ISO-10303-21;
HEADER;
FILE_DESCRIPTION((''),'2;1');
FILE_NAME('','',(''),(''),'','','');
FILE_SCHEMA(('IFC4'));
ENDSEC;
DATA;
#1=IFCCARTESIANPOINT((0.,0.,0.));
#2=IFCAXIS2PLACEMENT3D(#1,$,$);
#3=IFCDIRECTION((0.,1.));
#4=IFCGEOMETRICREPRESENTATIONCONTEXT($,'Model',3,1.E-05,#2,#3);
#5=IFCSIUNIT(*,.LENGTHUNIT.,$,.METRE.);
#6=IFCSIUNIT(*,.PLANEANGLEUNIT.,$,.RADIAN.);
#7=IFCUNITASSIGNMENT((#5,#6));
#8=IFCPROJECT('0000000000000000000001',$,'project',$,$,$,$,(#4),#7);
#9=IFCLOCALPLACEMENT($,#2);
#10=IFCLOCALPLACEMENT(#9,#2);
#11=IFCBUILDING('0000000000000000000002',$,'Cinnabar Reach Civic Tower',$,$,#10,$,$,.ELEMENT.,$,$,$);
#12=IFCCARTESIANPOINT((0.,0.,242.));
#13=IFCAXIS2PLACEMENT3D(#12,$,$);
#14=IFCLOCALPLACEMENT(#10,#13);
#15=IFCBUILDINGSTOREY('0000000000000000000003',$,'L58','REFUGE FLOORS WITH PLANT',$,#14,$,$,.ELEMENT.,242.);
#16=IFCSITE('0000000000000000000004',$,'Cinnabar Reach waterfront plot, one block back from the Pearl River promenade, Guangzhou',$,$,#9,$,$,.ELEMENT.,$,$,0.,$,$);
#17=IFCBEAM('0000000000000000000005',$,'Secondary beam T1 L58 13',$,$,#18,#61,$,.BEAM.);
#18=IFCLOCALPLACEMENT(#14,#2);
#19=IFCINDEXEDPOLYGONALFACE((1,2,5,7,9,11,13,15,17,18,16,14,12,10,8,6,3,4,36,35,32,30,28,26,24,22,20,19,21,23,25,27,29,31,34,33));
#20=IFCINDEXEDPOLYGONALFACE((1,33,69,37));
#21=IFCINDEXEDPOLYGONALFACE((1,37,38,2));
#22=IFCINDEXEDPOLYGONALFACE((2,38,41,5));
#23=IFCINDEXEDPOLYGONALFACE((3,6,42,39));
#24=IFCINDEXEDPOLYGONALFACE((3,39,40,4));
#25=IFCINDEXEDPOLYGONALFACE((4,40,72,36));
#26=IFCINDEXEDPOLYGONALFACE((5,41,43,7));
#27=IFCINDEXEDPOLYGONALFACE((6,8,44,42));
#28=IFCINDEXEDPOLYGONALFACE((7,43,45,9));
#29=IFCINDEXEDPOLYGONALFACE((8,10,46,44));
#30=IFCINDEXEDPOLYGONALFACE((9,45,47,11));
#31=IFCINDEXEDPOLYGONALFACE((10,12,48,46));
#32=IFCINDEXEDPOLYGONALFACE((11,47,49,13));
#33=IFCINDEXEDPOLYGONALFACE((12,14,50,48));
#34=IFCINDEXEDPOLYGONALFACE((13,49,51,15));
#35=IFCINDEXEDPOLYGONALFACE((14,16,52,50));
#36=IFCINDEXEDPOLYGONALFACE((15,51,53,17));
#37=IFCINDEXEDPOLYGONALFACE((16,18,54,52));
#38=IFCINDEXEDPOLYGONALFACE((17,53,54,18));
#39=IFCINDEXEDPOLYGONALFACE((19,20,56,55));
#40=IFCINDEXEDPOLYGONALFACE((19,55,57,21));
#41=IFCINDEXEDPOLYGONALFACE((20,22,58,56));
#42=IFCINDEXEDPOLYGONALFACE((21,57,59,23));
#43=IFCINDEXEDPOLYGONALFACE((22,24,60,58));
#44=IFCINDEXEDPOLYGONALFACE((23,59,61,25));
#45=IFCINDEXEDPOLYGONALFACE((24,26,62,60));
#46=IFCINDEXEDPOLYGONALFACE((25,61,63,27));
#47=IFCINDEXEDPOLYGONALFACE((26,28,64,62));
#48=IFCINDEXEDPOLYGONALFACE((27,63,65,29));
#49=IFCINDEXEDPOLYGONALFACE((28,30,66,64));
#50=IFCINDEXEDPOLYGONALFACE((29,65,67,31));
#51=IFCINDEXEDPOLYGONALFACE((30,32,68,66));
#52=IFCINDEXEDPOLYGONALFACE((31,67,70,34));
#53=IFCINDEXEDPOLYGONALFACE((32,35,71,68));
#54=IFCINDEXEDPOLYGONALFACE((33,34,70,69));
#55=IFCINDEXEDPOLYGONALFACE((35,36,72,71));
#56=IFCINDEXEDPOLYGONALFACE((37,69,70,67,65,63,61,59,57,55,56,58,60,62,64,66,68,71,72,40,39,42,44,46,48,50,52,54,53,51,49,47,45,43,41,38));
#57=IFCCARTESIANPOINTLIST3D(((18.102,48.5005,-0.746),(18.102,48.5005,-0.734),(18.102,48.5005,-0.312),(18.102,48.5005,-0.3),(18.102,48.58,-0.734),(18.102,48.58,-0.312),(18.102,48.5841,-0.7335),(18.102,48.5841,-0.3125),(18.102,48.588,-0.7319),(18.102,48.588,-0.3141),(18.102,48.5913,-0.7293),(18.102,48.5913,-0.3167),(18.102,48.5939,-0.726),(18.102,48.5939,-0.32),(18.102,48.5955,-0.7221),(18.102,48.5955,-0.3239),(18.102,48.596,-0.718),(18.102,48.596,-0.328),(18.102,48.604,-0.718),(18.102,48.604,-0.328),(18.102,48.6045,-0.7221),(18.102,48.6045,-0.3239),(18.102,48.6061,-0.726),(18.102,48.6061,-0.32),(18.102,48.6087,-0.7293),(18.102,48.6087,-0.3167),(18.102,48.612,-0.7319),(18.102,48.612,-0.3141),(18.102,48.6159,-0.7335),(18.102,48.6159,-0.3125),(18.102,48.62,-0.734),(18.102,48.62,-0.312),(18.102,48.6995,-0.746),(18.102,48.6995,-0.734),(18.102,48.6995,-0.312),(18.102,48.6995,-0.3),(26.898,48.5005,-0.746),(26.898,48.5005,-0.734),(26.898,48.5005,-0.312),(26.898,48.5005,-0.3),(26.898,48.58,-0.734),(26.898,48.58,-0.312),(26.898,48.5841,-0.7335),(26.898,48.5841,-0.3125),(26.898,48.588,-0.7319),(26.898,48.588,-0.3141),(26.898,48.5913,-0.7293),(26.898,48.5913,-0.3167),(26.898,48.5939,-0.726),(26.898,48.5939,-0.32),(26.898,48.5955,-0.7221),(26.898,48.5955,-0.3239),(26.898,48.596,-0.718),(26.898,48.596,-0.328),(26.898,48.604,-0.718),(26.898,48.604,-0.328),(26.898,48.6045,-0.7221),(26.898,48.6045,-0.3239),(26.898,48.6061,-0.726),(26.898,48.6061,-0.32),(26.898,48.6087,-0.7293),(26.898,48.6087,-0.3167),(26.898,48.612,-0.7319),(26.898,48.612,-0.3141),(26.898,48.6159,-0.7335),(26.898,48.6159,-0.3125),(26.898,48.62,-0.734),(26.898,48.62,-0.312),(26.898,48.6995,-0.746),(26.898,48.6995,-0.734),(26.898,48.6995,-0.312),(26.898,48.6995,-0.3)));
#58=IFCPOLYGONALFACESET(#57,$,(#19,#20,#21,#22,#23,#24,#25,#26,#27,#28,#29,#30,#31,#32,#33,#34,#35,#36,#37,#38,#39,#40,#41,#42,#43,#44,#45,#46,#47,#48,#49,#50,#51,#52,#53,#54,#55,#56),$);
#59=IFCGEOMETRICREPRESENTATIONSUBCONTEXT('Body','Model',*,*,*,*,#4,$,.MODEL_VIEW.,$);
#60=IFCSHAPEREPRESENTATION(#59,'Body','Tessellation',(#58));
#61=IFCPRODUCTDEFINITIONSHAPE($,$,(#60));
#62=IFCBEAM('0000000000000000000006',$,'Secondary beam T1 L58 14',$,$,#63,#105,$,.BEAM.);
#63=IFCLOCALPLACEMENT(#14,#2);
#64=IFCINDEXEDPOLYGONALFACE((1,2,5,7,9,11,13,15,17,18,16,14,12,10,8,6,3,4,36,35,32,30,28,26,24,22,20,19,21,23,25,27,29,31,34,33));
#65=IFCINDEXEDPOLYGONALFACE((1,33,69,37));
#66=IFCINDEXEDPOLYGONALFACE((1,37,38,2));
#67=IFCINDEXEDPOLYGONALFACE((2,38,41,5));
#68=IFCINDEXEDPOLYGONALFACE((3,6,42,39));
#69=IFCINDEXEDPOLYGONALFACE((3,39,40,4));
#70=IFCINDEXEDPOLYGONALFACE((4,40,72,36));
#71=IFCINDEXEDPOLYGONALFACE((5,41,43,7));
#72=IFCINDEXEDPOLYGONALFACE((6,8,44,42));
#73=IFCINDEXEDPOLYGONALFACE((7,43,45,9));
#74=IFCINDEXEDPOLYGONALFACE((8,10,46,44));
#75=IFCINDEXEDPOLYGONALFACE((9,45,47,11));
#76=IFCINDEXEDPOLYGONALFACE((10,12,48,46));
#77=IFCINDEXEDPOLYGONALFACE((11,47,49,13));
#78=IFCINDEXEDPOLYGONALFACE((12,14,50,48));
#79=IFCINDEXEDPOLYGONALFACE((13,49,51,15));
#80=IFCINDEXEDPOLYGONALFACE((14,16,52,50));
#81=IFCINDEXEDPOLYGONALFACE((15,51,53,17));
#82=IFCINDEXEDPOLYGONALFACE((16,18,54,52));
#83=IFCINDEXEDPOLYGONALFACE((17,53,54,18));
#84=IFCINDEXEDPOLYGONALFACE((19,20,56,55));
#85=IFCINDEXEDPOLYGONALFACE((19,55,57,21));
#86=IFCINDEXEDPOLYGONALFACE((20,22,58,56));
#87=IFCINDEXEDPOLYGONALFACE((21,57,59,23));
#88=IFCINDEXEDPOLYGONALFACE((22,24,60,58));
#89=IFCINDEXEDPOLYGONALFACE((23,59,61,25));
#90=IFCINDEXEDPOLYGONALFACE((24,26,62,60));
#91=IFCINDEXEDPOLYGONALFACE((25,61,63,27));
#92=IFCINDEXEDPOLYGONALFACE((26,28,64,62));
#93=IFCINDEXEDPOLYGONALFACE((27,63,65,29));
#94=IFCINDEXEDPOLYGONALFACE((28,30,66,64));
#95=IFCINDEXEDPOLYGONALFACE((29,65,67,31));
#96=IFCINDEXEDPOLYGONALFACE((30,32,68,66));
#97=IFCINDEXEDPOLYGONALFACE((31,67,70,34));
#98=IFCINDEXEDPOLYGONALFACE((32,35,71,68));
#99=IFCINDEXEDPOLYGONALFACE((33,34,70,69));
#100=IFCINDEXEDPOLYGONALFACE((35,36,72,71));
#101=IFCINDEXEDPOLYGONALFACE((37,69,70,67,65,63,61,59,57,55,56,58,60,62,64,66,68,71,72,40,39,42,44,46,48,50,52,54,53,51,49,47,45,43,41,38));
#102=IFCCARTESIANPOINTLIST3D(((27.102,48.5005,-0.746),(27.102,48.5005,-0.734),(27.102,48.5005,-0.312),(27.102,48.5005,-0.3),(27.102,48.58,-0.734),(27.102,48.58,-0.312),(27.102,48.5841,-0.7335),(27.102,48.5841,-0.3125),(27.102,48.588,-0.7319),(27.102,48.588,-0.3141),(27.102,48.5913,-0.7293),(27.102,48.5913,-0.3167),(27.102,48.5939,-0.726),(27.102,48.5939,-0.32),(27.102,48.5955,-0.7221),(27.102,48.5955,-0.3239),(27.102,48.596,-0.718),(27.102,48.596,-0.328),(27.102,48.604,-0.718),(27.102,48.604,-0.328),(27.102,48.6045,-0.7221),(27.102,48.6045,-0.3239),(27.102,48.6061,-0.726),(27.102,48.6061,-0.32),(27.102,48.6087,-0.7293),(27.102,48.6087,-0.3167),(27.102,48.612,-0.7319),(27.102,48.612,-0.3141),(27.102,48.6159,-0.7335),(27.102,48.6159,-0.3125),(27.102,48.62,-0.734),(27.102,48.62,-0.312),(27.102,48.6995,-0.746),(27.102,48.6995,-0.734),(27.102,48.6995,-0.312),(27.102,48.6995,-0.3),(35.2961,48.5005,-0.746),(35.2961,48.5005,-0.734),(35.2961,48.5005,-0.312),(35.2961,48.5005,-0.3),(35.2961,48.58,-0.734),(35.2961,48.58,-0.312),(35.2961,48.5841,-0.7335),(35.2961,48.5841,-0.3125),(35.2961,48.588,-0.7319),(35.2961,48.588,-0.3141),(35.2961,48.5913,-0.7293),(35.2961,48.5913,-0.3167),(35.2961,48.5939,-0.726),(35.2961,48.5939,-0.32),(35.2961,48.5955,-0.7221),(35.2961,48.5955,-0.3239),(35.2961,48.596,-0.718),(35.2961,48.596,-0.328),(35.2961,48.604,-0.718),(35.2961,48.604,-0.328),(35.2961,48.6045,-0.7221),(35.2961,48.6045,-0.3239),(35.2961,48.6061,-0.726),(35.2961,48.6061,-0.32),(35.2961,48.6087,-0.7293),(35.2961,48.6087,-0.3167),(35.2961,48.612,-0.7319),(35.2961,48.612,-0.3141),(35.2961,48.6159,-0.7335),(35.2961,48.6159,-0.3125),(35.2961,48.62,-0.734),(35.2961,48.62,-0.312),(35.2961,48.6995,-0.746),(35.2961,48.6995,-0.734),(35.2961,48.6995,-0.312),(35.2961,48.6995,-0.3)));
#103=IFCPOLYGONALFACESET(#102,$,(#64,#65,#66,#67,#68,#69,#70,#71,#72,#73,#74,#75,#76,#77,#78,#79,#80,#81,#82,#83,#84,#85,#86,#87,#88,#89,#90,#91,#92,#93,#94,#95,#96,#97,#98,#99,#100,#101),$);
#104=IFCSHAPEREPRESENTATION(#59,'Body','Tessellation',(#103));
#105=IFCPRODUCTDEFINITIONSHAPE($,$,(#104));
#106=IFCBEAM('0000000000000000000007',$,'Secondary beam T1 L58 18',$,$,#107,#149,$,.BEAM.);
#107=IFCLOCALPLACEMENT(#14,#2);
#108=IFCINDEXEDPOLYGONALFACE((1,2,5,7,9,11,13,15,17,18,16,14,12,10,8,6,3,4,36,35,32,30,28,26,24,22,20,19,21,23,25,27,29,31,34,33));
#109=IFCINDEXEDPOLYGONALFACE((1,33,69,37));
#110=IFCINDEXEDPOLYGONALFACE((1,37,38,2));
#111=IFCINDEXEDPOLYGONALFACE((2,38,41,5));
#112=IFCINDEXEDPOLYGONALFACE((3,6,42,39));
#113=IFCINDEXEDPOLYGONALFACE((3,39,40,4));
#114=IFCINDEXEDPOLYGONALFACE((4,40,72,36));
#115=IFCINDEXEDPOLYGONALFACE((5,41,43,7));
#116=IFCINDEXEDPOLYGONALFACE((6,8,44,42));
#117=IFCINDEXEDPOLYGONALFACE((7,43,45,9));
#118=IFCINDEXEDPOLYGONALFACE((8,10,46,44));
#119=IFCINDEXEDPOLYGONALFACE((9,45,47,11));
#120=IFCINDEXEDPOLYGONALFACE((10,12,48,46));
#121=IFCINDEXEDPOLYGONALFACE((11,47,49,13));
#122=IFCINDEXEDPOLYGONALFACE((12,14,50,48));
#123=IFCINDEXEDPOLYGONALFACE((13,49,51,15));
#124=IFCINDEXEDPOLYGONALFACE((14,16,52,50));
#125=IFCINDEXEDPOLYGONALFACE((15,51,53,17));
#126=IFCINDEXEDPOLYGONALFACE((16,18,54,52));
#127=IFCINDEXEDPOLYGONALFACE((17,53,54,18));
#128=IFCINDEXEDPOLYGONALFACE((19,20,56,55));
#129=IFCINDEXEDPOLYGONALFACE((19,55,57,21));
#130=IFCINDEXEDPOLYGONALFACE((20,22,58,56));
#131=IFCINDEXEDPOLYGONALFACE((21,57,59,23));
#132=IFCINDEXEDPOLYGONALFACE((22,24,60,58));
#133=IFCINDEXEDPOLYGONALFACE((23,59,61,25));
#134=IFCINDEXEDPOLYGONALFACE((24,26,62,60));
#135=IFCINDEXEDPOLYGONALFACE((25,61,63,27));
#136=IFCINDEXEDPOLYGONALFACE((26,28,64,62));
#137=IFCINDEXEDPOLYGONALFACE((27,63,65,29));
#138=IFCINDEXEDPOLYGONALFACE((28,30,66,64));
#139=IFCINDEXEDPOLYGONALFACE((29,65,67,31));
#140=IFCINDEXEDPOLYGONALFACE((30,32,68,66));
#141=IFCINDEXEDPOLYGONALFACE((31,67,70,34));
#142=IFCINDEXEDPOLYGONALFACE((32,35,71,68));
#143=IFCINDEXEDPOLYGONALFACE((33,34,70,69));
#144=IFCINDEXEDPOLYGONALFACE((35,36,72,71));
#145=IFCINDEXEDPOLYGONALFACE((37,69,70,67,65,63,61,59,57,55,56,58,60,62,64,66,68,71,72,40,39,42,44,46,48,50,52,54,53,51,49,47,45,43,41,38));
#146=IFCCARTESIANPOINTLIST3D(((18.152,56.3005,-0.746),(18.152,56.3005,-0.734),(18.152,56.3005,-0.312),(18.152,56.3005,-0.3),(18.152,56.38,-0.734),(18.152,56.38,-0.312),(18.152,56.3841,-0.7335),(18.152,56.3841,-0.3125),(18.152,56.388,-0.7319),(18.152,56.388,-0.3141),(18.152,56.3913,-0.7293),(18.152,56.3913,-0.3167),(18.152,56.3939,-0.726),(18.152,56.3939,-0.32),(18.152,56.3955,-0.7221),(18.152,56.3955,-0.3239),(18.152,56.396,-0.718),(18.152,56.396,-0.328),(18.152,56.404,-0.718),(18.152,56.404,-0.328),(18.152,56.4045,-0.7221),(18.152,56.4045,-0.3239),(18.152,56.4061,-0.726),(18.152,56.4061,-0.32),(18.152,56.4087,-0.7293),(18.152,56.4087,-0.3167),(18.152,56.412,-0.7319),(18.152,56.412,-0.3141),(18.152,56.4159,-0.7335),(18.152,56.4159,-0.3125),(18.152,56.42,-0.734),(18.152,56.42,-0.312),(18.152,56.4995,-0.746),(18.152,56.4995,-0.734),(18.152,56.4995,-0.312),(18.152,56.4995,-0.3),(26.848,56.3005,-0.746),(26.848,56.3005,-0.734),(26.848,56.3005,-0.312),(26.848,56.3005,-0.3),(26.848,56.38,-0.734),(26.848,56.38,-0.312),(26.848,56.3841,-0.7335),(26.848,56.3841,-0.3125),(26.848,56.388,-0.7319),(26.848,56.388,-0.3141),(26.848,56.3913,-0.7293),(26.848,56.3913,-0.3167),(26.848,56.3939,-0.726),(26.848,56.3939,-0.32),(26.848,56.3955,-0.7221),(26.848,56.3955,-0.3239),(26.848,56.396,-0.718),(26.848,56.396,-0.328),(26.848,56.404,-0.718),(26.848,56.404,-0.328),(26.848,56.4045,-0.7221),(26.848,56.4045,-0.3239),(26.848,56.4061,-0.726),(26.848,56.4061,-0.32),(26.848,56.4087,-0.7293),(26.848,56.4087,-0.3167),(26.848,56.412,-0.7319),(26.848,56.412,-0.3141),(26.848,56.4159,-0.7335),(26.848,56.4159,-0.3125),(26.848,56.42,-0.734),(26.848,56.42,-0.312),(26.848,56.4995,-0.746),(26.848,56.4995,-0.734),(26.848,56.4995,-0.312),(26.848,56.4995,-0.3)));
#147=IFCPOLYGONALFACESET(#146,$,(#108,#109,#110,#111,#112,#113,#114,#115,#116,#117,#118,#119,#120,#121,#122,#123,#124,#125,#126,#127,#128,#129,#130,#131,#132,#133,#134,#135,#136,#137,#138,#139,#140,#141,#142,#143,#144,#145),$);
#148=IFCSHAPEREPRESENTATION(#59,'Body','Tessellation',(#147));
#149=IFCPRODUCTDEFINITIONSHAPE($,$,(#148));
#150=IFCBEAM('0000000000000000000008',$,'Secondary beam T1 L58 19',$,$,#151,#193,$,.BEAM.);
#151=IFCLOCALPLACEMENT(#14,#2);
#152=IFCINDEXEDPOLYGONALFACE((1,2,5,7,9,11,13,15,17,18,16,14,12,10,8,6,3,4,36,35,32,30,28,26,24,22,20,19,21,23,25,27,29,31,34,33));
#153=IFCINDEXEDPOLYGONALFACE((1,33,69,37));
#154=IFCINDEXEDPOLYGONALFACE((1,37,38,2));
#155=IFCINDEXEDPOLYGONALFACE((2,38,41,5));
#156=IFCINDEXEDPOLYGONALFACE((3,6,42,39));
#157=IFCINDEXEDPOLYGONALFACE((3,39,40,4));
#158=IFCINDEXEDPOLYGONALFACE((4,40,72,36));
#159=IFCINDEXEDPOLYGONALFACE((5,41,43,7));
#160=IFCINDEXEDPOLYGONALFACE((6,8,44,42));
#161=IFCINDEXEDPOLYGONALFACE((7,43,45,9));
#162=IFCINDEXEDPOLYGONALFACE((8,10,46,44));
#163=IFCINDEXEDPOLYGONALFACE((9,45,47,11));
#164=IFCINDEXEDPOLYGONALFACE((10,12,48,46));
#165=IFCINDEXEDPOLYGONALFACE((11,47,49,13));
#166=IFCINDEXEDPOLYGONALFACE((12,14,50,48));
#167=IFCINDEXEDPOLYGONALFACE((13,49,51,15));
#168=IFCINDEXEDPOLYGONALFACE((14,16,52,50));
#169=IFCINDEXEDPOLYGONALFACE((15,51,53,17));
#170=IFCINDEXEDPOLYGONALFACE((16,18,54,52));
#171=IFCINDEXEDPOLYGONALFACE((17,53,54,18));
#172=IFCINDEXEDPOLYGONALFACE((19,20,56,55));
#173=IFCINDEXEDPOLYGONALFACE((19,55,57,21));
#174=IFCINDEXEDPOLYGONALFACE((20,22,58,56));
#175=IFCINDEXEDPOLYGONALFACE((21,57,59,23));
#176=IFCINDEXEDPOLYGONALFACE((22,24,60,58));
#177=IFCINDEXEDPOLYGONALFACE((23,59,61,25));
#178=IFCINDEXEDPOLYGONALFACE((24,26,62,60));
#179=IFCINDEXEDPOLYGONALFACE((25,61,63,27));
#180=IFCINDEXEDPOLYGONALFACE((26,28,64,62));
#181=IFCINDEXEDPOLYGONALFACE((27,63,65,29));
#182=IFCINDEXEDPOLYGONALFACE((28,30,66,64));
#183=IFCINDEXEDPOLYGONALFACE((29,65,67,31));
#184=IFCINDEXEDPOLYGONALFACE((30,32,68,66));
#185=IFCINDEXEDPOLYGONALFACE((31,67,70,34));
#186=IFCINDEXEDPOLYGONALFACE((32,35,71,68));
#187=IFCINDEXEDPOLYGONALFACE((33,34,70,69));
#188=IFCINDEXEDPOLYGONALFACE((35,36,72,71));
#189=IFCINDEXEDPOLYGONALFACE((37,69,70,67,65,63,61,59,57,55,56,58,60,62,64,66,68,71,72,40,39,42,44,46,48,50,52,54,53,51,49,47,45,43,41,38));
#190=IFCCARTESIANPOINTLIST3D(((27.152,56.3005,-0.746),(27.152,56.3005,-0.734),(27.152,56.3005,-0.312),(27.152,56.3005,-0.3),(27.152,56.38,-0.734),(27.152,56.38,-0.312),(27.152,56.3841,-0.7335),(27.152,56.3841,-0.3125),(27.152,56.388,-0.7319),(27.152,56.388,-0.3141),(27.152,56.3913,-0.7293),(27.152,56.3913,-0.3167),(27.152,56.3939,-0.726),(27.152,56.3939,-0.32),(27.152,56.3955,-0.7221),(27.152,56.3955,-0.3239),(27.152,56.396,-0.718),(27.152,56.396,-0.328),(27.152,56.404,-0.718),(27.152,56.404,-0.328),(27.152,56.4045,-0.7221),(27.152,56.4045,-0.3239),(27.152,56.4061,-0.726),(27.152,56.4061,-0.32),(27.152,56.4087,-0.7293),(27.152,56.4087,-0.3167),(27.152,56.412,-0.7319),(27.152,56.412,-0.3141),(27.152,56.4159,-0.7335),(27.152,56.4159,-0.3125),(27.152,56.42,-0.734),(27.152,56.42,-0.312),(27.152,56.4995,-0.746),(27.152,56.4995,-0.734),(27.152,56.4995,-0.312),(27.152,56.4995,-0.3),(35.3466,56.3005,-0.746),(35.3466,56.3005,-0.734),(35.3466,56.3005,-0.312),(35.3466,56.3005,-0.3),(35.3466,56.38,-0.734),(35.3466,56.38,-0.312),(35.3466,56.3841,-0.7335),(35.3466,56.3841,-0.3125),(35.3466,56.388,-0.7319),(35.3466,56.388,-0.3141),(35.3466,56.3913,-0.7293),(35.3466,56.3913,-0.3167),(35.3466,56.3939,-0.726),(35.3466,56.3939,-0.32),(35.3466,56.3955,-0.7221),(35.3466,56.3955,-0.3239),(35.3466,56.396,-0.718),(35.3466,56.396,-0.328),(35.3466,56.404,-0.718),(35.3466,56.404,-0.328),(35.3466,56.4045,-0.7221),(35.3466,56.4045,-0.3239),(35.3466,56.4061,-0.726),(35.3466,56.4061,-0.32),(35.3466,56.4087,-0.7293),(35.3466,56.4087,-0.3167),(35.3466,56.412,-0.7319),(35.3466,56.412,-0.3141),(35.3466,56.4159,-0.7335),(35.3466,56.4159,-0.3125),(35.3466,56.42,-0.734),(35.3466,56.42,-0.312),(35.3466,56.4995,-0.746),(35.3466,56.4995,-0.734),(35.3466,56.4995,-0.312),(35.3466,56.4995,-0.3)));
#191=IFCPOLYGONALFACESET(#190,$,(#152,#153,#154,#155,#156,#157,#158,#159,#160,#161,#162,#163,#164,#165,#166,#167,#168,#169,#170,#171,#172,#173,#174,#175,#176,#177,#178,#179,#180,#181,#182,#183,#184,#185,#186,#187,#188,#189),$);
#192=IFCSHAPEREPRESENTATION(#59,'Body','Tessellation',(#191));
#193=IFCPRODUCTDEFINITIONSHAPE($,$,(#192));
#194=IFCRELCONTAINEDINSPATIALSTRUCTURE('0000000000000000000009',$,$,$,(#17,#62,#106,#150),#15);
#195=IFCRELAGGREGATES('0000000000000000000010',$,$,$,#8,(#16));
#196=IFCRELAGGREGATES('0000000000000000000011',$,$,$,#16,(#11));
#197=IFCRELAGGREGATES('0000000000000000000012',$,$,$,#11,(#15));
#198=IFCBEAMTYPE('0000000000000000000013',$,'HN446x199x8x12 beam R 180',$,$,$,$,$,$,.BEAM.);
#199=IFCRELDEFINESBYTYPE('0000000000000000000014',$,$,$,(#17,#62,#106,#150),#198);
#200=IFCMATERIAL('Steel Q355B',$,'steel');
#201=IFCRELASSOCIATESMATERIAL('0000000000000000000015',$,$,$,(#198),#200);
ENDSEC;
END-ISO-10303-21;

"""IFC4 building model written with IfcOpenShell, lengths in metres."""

from ifc_helpers import new_model, si_unit, direction, frame, origin, origin_2d, place, context, subcontext, project, spatial, i_section, extrude, material, material_profile, profile_set, type_object, element, save


model = new_model("IFC4")

# Units and contexts
model_context = context("Model", 3, precision=1e-05, world=origin(), true_north=direction((0.0, 1.0)))
body_context = subcontext(model_context, "Body", "Model", "MODEL_VIEW")
ifc_project = project(units=[si_unit("LENGTHUNIT", "METRE"), si_unit("PLANEANGLEUNIT", "RADIAN")], contexts=[model_context])

# Site, building, storey
site_placement = place(None, origin())
site = spatial("IfcSite", under=ifc_project, at=site_placement, Name="Cinnabar Reach waterfront plot, one block back from the Pearl River promenade, Guangzhou", CompositionType="ELEMENT", RefElevation=0.0)
building_placement = place(site_placement, origin())
building = spatial("IfcBuilding", under=site, at=building_placement, Name="Cinnabar Reach Civic Tower", CompositionType="ELEMENT")
storey_placement = place(building_placement, frame((0.0, 0.0, 242.0)))
storey = spatial("IfcBuildingStorey", under=building, at=storey_placement, Name="L58", Description="REFUGE FLOORS WITH PLANT", CompositionType="ELEMENT", Elevation=242.0)

# Beams
ifc_material_1 = material(Name="Steel Q355B", Category="steel")
ifc_material_profile_1 = material_profile(ifc_material_1, i_section(OverallWidth=0.199, OverallDepth=0.446, WebThickness=0.008, FlangeThickness=0.012, FilletRadius=0.016, at=origin_2d()), Name="HN446x199x8x12")
ifc_profile_set_1 = profile_set([ifc_material_profile_1], Name="Steel Q355B")
beam_type_1 = type_object("IfcBeamType", Name="HN446x199x8x12 beam R 180", PredefinedType="BEAM", material=ifc_profile_set_1)
beam_1_placement = place(storey_placement, frame((18.102, 48.6, -0.523), z_axis=(1.0, 0.0, 0.0), x_axis=(0.0, 1.0, 0.0)))
element("IfcBeam", 1, at=beam_1_placement, inside=storey, type_object=beam_type_1, Name="Secondary beam T1 L58 13", PredefinedType="BEAM", context=body_context, shape_type="SweptSolid", body=[
    extrude(i_section(OverallWidth=0.199, OverallDepth=0.446, WebThickness=0.008, FlangeThickness=0.012, FilletRadius=0.016, at=origin_2d()), origin(), (0.0, 0.0, 1.0), 8.796),
])
beam_2_placement = place(storey_placement, frame((27.102, 48.6, -0.523), z_axis=(1.0, 0.0, 0.0), x_axis=(0.0, 1.0, 0.0)))
element("IfcBeam", 2, at=beam_2_placement, inside=storey, type_object=beam_type_1, Name="Secondary beam T1 L58 14", PredefinedType="BEAM", context=body_context, shape_type="SweptSolid", body=[
    extrude(i_section(OverallWidth=0.199, OverallDepth=0.446, WebThickness=0.008, FlangeThickness=0.012, FilletRadius=0.016, at=origin_2d()), origin(), (0.0, 0.0, 1.0), 8.1941),
])
beam_3_placement = place(storey_placement, frame((18.152, 56.4, -0.523), z_axis=(1.0, 0.0, 0.0), x_axis=(0.0, 1.0, 0.0)))
element("IfcBeam", 3, at=beam_3_placement, inside=storey, type_object=beam_type_1, Name="Secondary beam T1 L58 18", PredefinedType="BEAM", context=body_context, shape_type="SweptSolid", body=[
    extrude(i_section(OverallWidth=0.199, OverallDepth=0.446, WebThickness=0.008, FlangeThickness=0.012, FilletRadius=0.016, at=origin_2d()), origin(), (0.0, 0.0, 1.0), 8.696),
])
beam_4_placement = place(storey_placement, frame((27.152, 56.4, -0.523), z_axis=(1.0, 0.0, 0.0), x_axis=(0.0, 1.0, 0.0)))
element("IfcBeam", 4, at=beam_4_placement, inside=storey, type_object=beam_type_1, Name="Secondary beam T1 L58 19", PredefinedType="BEAM", context=body_context, shape_type="SweptSolid", body=[
    extrude(i_section(OverallWidth=0.199, OverallDepth=0.446, WebThickness=0.008, FlangeThickness=0.012, FilletRadius=0.016, at=origin_2d()), origin(), (0.0, 0.0, 1.0), 8.1946),
])

save(model, "model.ifc")
